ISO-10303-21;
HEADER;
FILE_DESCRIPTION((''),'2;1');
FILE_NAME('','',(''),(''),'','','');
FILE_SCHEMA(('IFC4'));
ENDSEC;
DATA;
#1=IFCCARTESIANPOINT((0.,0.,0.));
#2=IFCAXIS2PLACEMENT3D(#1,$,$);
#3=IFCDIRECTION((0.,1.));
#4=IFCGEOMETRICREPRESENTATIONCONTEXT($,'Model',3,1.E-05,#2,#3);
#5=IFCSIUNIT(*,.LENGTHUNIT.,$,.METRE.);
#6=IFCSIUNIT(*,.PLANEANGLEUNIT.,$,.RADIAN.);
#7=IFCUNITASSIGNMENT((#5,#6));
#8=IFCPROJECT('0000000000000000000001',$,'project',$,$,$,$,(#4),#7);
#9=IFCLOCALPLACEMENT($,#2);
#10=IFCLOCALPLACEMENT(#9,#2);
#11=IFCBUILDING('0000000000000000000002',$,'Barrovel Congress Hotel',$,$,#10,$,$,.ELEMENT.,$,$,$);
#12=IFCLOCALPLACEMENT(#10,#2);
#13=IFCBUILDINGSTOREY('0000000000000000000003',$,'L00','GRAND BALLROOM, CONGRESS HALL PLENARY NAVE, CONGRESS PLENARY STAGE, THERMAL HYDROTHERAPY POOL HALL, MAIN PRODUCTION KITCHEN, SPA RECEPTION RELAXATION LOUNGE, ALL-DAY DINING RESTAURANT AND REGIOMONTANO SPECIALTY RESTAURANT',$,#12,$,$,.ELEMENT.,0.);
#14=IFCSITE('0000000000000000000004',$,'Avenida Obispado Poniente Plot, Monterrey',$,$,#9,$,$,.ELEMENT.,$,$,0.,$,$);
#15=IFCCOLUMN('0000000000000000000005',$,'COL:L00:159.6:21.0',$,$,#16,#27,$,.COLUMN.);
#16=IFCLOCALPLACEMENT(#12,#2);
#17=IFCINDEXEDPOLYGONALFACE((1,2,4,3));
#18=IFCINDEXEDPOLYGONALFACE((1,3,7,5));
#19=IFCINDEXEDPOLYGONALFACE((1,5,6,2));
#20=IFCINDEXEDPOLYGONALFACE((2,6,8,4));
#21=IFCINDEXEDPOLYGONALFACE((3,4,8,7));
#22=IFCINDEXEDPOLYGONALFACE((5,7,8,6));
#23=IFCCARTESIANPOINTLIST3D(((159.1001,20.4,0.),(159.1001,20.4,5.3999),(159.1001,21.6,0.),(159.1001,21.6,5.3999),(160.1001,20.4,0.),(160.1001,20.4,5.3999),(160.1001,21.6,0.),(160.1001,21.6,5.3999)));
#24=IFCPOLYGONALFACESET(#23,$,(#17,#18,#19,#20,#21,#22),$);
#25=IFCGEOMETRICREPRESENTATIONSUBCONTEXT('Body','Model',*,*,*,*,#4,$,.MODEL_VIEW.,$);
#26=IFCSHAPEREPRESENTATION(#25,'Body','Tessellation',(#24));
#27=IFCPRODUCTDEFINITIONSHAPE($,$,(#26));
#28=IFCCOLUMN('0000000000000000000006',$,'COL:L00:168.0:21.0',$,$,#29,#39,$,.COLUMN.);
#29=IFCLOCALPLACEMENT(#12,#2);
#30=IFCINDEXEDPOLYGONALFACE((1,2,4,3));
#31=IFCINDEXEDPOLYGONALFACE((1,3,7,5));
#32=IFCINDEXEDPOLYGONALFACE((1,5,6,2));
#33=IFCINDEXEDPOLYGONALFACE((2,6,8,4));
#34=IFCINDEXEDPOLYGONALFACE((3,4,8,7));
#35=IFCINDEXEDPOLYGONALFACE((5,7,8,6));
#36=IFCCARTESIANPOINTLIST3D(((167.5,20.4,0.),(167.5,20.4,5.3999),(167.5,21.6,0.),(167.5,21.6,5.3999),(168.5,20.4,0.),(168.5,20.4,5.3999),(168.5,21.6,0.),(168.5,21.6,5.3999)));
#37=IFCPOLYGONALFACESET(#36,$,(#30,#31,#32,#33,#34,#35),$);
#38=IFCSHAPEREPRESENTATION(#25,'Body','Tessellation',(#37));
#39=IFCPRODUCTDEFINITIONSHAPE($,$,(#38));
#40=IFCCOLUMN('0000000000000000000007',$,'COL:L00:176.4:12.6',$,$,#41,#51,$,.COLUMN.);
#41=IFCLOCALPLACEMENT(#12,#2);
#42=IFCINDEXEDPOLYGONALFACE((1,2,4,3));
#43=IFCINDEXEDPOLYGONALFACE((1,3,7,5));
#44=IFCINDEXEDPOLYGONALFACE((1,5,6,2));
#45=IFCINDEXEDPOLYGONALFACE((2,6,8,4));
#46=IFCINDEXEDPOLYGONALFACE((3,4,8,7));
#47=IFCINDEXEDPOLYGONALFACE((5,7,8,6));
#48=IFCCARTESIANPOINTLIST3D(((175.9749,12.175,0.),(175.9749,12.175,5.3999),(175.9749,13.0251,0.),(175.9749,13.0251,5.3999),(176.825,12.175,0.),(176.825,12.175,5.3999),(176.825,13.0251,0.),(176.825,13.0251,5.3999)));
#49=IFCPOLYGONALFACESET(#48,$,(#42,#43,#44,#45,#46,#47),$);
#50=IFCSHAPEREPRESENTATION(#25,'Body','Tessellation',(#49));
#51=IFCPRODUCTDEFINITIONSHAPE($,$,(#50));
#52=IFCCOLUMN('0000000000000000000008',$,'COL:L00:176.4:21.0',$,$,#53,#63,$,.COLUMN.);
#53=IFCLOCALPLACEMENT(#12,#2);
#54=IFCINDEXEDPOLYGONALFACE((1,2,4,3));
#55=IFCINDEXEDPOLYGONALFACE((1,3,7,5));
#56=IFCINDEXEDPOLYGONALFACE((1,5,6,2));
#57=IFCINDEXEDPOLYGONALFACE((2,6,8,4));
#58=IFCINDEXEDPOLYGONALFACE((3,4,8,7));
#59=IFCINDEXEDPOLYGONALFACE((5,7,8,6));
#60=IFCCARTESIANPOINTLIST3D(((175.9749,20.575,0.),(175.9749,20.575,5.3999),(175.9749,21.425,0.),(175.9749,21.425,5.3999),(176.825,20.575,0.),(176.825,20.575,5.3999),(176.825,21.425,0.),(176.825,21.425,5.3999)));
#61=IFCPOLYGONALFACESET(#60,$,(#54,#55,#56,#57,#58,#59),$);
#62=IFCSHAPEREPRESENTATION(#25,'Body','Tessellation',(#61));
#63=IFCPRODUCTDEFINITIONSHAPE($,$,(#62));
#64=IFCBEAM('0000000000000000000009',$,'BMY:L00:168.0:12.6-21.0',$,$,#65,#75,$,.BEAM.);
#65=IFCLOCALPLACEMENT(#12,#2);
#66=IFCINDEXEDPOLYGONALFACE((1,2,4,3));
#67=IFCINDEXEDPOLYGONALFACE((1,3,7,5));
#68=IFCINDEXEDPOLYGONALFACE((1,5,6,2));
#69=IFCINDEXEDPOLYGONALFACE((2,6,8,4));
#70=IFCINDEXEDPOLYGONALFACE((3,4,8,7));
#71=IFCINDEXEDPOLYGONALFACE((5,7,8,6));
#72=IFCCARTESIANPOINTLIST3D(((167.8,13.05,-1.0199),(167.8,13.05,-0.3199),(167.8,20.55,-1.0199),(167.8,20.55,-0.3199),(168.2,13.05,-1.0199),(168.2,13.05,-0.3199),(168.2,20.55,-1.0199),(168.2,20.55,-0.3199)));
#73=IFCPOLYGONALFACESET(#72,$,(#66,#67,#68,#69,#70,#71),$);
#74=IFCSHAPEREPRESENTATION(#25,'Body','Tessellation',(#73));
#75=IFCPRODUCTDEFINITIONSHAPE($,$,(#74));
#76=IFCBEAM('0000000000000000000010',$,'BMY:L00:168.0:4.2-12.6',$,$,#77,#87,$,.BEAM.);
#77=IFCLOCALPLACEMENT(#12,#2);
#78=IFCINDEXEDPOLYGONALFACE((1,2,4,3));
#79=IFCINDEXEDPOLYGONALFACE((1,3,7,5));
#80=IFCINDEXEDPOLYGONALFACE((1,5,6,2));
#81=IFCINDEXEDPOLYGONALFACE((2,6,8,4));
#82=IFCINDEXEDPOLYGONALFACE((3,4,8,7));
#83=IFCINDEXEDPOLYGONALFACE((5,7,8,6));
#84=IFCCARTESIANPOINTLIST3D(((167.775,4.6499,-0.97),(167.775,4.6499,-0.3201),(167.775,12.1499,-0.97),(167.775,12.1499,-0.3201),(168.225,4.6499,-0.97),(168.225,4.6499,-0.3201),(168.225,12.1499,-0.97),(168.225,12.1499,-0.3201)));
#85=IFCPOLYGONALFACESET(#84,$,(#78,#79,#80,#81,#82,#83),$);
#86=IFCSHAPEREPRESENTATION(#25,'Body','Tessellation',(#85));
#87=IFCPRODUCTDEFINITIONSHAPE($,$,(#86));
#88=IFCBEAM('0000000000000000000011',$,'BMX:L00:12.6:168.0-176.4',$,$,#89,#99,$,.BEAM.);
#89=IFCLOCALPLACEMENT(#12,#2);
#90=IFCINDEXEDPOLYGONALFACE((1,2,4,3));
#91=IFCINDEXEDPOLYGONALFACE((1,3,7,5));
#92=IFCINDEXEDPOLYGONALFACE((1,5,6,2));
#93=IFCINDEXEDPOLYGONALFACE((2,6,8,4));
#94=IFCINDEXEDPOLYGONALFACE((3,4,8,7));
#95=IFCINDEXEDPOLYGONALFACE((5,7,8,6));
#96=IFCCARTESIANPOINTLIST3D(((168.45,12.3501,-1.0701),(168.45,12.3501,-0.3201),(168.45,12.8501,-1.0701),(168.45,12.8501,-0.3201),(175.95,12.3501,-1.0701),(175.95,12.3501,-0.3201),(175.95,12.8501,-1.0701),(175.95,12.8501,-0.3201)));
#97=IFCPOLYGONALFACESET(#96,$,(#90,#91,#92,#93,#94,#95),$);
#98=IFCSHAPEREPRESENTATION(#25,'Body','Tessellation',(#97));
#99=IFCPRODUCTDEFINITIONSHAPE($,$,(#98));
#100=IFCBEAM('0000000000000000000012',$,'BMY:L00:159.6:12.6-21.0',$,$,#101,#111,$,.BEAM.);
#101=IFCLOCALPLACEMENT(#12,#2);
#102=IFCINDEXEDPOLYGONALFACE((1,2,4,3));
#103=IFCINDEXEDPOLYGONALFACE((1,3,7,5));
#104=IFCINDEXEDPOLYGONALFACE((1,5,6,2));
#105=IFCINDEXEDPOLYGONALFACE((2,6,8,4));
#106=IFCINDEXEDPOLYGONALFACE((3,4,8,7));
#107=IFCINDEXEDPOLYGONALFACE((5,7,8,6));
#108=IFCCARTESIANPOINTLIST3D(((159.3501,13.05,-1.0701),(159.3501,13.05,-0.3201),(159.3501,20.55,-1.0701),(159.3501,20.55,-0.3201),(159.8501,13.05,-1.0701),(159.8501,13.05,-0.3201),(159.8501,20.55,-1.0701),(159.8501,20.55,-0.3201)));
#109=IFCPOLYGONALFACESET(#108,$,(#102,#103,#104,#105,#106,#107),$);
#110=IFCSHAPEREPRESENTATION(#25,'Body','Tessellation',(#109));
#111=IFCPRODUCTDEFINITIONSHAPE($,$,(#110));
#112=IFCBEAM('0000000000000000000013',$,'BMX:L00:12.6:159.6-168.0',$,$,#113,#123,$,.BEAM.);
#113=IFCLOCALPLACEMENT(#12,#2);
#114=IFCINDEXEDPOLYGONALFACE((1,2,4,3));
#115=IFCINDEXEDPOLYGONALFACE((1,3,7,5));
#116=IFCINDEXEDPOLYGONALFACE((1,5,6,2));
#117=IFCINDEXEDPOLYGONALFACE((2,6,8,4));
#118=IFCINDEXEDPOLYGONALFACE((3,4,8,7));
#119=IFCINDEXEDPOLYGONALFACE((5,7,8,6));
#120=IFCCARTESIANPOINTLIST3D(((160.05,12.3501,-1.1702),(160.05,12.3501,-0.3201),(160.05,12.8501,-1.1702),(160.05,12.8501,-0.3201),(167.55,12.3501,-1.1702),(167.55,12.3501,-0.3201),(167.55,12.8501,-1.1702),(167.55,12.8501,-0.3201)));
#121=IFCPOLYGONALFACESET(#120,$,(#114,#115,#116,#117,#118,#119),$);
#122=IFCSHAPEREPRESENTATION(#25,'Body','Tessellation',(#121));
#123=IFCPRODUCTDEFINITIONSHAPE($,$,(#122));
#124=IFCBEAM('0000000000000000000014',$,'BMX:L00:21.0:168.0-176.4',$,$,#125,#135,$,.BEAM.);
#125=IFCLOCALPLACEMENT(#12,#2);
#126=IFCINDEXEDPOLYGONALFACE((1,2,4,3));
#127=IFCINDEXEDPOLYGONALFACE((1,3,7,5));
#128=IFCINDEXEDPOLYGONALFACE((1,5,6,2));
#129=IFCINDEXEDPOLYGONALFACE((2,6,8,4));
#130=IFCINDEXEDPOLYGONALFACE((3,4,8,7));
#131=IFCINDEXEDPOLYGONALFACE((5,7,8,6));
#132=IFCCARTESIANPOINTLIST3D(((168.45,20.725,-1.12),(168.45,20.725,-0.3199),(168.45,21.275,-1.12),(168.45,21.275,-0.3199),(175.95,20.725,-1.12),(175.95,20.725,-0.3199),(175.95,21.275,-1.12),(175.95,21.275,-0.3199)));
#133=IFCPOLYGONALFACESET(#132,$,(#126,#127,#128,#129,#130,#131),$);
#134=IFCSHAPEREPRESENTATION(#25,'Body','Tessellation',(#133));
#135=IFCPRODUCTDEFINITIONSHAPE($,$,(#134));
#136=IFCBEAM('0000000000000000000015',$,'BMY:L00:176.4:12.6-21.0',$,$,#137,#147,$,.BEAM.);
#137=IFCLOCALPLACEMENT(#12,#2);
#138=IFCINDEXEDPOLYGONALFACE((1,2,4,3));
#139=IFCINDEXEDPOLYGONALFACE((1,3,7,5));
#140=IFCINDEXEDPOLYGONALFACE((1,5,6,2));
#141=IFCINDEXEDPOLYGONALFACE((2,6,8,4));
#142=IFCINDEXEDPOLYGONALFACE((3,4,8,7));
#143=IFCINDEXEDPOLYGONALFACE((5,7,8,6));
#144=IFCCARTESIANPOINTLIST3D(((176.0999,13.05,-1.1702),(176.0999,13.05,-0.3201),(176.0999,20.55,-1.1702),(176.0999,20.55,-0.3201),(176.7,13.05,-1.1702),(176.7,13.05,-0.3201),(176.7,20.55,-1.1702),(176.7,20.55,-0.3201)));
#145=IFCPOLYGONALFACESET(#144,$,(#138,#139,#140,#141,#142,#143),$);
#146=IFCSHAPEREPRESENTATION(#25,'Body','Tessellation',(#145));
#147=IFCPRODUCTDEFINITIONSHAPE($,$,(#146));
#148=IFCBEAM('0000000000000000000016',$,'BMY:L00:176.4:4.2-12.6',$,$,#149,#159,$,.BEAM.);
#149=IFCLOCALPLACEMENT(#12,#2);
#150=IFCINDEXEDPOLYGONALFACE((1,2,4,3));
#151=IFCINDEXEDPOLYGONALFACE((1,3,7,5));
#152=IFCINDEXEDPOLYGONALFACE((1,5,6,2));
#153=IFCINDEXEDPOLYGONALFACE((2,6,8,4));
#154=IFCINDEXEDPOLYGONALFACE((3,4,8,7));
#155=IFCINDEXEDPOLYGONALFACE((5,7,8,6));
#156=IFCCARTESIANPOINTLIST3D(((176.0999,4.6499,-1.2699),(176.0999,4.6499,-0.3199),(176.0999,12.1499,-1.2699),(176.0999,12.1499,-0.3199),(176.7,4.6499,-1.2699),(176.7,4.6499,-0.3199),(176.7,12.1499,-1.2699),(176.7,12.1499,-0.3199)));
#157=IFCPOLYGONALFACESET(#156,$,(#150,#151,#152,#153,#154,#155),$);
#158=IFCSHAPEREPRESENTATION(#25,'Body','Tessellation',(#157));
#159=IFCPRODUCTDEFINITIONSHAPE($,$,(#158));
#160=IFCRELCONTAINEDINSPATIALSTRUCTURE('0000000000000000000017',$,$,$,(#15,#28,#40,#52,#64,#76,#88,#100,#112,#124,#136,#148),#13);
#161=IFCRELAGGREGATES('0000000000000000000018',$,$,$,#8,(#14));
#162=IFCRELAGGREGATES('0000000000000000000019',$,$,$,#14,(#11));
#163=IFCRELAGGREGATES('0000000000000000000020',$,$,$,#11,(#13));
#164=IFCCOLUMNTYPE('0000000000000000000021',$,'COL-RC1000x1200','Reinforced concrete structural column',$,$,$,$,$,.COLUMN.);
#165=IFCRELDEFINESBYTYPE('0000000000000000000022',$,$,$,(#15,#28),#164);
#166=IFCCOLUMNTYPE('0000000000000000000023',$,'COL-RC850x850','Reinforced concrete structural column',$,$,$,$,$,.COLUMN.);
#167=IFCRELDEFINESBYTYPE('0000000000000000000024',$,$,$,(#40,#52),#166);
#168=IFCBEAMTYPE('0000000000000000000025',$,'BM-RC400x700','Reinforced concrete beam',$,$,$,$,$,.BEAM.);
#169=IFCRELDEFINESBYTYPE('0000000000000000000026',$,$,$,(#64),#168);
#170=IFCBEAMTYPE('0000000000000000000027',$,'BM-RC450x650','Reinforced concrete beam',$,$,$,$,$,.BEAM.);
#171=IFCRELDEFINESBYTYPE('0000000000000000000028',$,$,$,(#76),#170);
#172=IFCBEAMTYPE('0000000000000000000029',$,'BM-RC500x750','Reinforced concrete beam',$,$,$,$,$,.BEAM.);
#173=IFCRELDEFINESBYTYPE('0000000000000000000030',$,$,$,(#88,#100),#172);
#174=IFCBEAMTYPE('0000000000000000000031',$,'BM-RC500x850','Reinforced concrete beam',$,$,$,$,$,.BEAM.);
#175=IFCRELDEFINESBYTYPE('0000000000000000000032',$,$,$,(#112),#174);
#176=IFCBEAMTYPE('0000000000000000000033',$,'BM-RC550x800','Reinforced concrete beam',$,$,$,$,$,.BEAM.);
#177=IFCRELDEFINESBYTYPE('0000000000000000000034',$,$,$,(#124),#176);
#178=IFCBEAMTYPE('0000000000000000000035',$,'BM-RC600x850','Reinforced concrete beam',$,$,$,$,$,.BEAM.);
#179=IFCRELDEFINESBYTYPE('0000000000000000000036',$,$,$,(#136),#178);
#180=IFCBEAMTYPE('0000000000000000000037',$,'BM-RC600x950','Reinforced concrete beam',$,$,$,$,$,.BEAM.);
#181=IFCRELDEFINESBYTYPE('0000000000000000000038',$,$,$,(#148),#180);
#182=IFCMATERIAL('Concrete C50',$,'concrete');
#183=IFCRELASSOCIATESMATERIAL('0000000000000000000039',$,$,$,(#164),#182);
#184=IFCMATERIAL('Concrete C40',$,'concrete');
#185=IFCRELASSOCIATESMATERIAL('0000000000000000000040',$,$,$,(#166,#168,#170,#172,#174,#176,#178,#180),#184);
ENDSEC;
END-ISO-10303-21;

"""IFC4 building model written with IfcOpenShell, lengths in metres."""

from ifc_helpers import new_model, si_unit, direction, frame, origin, origin_2d, place, context, subcontext, project, spatial, rectangle, extrude, material, material_profile, profile_set, type_object, element, save


model = new_model("IFC4")

# Units and contexts
model_context = context("Model", 3, precision=1e-05, world=origin(), true_north=direction((0.0, 1.0)))
body_context = subcontext(model_context, "Body", "Model", "MODEL_VIEW")
ifc_project = project(units=[si_unit("LENGTHUNIT", "METRE"), si_unit("PLANEANGLEUNIT", "RADIAN")], contexts=[model_context])

# Site, building, storey
site_placement = place(None, origin())
site = spatial("IfcSite", under=ifc_project, at=site_placement, Name="Avenida Obispado Poniente Plot, Monterrey", CompositionType="ELEMENT", RefElevation=0.0)
building_placement = place(site_placement, origin())
building = spatial("IfcBuilding", under=site, at=building_placement, Name="Barrovel Congress Hotel", CompositionType="ELEMENT")
storey_placement = place(building_placement, origin())
storey = spatial("IfcBuildingStorey", under=building, at=storey_placement, Name="L00", Description="GRAND BALLROOM, CONGRESS HALL PLENARY NAVE, CONGRESS PLENARY STAGE, THERMAL HYDROTHERAPY POOL HALL, MAIN PRODUCTION KITCHEN, SPA RECEPTION RELAXATION LOUNGE, ALL-DAY DINING RESTAURANT AND REGIOMONTANO SPECIALTY RESTAURANT", CompositionType="ELEMENT", Elevation=0.0)

# Columns
ifc_material_1 = material(Name="Concrete C50", Category="concrete")
ifc_material_profile_1 = material_profile(ifc_material_1, rectangle(XDim=1.0, YDim=1.2, at=origin_2d()), Name="RC1000x1200")
ifc_profile_set_1 = profile_set([ifc_material_profile_1], Name="Concrete C50")
column_type_1 = type_object("IfcColumnType", Name="COL-RC1000x1200", Description="Reinforced concrete structural column", PredefinedType="COLUMN", material=ifc_profile_set_1)
for number, where, z_axis, x_axis, name in (
    (1, (159.6001, 21.0, 0.0), (0.0, 0.0, 1.0), (1.0, 0.0, 0.0), "COL:L00:159.6:21.0"),
    (2, (168.0, 21.0, 0.0), (0.0, 0.0, 1.0), (1.0, 0.0, 0.0), "COL:L00:168.0:21.0"),
):
    element("IfcColumn", number, at=place(storey_placement, frame(where, z_axis=z_axis, x_axis=x_axis)), inside=storey, type_object=column_type_1, Name=name, PredefinedType="COLUMN", context=body_context, shape_type="SweptSolid", body=[
        extrude(rectangle(XDim=1.0, YDim=1.2, at=origin_2d()), origin(), (0.0, 0.0, 1.0), 5.3999),
    ])
ifc_material_2 = material(Name="Concrete C40", Category="concrete")
ifc_material_profile_2 = material_profile(ifc_material_2, rectangle(XDim=0.8501, YDim=0.8501, at=origin_2d()), Name="RC850x850")
ifc_profile_set_2 = profile_set([ifc_material_profile_2], Name="Concrete C40")
column_type_2 = type_object("IfcColumnType", Name="COL-RC850x850", Description="Reinforced concrete structural column", PredefinedType="COLUMN", material=ifc_profile_set_2)
for number, where, z_axis, x_axis, name in (
    (3, (176.3999, 12.6001, 0.0), (0.0, 0.0, 1.0), (1.0, 0.0, 0.0), "COL:L00:176.4:12.6"),
    (4, (176.3999, 21.0, 0.0), (0.0, 0.0, 1.0), (1.0, 0.0, 0.0), "COL:L00:176.4:21.0"),
):
    element("IfcColumn", number, at=place(storey_placement, frame(where, z_axis=z_axis, x_axis=x_axis)), inside=storey, type_object=column_type_2, Name=name, PredefinedType="COLUMN", context=body_context, shape_type="SweptSolid", body=[
        extrude(rectangle(XDim=0.8501, YDim=0.8501, at=origin_2d()), origin(), (0.0, 0.0, 1.0), 5.3999),
    ])

# Beams
ifc_material_profile_3 = material_profile(ifc_material_2, rectangle(XDim=0.3999, YDim=0.7, at=origin_2d()), Name="RC400x700")
ifc_profile_set_3 = profile_set([ifc_material_profile_3], Name="Concrete C40")
beam_type_1 = type_object("IfcBeamType", Name="BM-RC400x700", Description="Reinforced concrete beam", PredefinedType="BEAM", material=ifc_profile_set_3)
beam_1_placement = place(storey_placement, frame((168.0, 13.05, -0.6699), z_axis=(0.0, 1.0, 0.0), x_axis=(-1.0, 0.0, 0.0)))
element("IfcBeam", 5, at=beam_1_placement, inside=storey, type_object=beam_type_1, Name="BMY:L00:168.0:12.6-21.0", PredefinedType="BEAM", context=body_context, shape_type="SweptSolid", body=[
    extrude(rectangle(XDim=0.3999, YDim=0.7, at=origin_2d()), origin(), (0.0, 0.0, 1.0), 7.5),
])
ifc_material_profile_4 = material_profile(ifc_material_2, rectangle(XDim=0.45, YDim=0.6499, at=origin_2d()), Name="RC450x650")
ifc_profile_set_4 = profile_set([ifc_material_profile_4], Name="Concrete C40")
beam_type_2 = type_object("IfcBeamType", Name="BM-RC450x650", Description="Reinforced concrete beam", PredefinedType="BEAM", material=ifc_profile_set_4)
beam_2_placement = place(storey_placement, frame((168.0, 4.6499, -0.645), z_axis=(0.0, 1.0, 0.0), x_axis=(-1.0, 0.0, 0.0)))
element("IfcBeam", 6, at=beam_2_placement, inside=storey, type_object=beam_type_2, Name="BMY:L00:168.0:4.2-12.6", PredefinedType="BEAM", context=body_context, shape_type="SweptSolid", body=[
    extrude(rectangle(XDim=0.45, YDim=0.6499, at=origin_2d()), origin(), (0.0, 0.0, 1.0), 7.5),
])
ifc_material_profile_5 = material_profile(ifc_material_2, rectangle(XDim=0.5, YDim=0.75, at=origin_2d()), Name="RC500x750")
ifc_profile_set_5 = profile_set([ifc_material_profile_5], Name="Concrete C40")
beam_type_3 = type_object("IfcBeamType", Name="BM-RC500x750", Description="Reinforced concrete beam", PredefinedType="BEAM", material=ifc_profile_set_5)
for number, where, z_axis, x_axis, name in (
    (7, (168.45, 12.6001, -0.6951), (1.0, 0.0, 0.0), (0.0, 1.0, 0.0), "BMX:L00:12.6:168.0-176.4"),
    (8, (159.6001, 13.05, -0.6951), (0.0, 1.0, 0.0), (-1.0, 0.0, 0.0), "BMY:L00:159.6:12.6-21.0"),
):
    element("IfcBeam", number, at=place(storey_placement, frame(where, z_axis=z_axis, x_axis=x_axis)), inside=storey, type_object=beam_type_3, Name=name, PredefinedType="BEAM", context=body_context, shape_type="SweptSolid", body=[
        extrude(rectangle(XDim=0.5, YDim=0.75, at=origin_2d()), origin(), (0.0, 0.0, 1.0), 7.5),
    ])
ifc_material_profile_6 = material_profile(ifc_material_2, rectangle(XDim=0.5, YDim=0.8501, at=origin_2d()), Name="RC500x850")
ifc_profile_set_6 = profile_set([ifc_material_profile_6], Name="Concrete C40")
beam_type_4 = type_object("IfcBeamType", Name="BM-RC500x850", Description="Reinforced concrete beam", PredefinedType="BEAM", material=ifc_profile_set_6)
beam_3_placement = place(storey_placement, frame((160.05, 12.6001, -0.7451), z_axis=(1.0, 0.0, 0.0), x_axis=(0.0, 1.0, 0.0)))
element("IfcBeam", 9, at=beam_3_placement, inside=storey, type_object=beam_type_4, Name="BMX:L00:12.6:159.6-168.0", PredefinedType="BEAM", context=body_context, shape_type="SweptSolid", body=[
    extrude(rectangle(XDim=0.5, YDim=0.8501, at=origin_2d()), origin(), (0.0, 0.0, 1.0), 7.5),
])
ifc_material_profile_7 = material_profile(ifc_material_2, rectangle(XDim=0.55, YDim=0.8, at=origin_2d()), Name="RC550x800")
ifc_profile_set_7 = profile_set([ifc_material_profile_7], Name="Concrete C40")
beam_type_5 = type_object("IfcBeamType", Name="BM-RC550x800", Description="Reinforced concrete beam", PredefinedType="BEAM", material=ifc_profile_set_7)
beam_4_placement = place(storey_placement, frame((168.45, 21.0, -0.72), z_axis=(1.0, 0.0, 0.0), x_axis=(0.0, 1.0, 0.0)))
element("IfcBeam", 10, at=beam_4_placement, inside=storey, type_object=beam_type_5, Name="BMX:L00:21.0:168.0-176.4", PredefinedType="BEAM", context=body_context, shape_type="SweptSolid", body=[
    extrude(rectangle(XDim=0.55, YDim=0.8, at=origin_2d()), origin(), (0.0, 0.0, 1.0), 7.5),
])
ifc_material_profile_8 = material_profile(ifc_material_2, rectangle(XDim=0.6001, YDim=0.8501, at=origin_2d()), Name="RC600x850")
ifc_profile_set_8 = profile_set([ifc_material_profile_8], Name="Concrete C40")
beam_type_6 = type_object("IfcBeamType", Name="BM-RC600x850", Description="Reinforced concrete beam", PredefinedType="BEAM", material=ifc_profile_set_8)
beam_5_placement = place(storey_placement, frame((176.3999, 13.05, -0.7451), z_axis=(0.0, 1.0, 0.0), x_axis=(-1.0, 0.0, 0.0)))
element("IfcBeam", 11, at=beam_5_placement, inside=storey, type_object=beam_type_6, Name="BMY:L00:176.4:12.6-21.0", PredefinedType="BEAM", context=body_context, shape_type="SweptSolid", body=[
    extrude(rectangle(XDim=0.6001, YDim=0.8501, at=origin_2d()), origin(), (0.0, 0.0, 1.0), 7.5),
])
ifc_material_profile_9 = material_profile(ifc_material_2, rectangle(XDim=0.6001, YDim=0.95, at=origin_2d()), Name="RC600x950")
ifc_profile_set_9 = profile_set([ifc_material_profile_9], Name="Concrete C40")
beam_type_7 = type_object("IfcBeamType", Name="BM-RC600x950", Description="Reinforced concrete beam", PredefinedType="BEAM", material=ifc_profile_set_9)
beam_6_placement = place(storey_placement, frame((176.3999, 4.6499, -0.7949), z_axis=(0.0, 1.0, 0.0), x_axis=(-1.0, 0.0, 0.0)))
element("IfcBeam", 12, at=beam_6_placement, inside=storey, type_object=beam_type_7, Name="BMY:L00:176.4:4.2-12.6", PredefinedType="BEAM", context=body_context, shape_type="SweptSolid", body=[
    extrude(rectangle(XDim=0.6001, YDim=0.95, at=origin_2d()), origin(), (0.0, 0.0, 1.0), 7.5),
])

save(model, "model.ifc")
